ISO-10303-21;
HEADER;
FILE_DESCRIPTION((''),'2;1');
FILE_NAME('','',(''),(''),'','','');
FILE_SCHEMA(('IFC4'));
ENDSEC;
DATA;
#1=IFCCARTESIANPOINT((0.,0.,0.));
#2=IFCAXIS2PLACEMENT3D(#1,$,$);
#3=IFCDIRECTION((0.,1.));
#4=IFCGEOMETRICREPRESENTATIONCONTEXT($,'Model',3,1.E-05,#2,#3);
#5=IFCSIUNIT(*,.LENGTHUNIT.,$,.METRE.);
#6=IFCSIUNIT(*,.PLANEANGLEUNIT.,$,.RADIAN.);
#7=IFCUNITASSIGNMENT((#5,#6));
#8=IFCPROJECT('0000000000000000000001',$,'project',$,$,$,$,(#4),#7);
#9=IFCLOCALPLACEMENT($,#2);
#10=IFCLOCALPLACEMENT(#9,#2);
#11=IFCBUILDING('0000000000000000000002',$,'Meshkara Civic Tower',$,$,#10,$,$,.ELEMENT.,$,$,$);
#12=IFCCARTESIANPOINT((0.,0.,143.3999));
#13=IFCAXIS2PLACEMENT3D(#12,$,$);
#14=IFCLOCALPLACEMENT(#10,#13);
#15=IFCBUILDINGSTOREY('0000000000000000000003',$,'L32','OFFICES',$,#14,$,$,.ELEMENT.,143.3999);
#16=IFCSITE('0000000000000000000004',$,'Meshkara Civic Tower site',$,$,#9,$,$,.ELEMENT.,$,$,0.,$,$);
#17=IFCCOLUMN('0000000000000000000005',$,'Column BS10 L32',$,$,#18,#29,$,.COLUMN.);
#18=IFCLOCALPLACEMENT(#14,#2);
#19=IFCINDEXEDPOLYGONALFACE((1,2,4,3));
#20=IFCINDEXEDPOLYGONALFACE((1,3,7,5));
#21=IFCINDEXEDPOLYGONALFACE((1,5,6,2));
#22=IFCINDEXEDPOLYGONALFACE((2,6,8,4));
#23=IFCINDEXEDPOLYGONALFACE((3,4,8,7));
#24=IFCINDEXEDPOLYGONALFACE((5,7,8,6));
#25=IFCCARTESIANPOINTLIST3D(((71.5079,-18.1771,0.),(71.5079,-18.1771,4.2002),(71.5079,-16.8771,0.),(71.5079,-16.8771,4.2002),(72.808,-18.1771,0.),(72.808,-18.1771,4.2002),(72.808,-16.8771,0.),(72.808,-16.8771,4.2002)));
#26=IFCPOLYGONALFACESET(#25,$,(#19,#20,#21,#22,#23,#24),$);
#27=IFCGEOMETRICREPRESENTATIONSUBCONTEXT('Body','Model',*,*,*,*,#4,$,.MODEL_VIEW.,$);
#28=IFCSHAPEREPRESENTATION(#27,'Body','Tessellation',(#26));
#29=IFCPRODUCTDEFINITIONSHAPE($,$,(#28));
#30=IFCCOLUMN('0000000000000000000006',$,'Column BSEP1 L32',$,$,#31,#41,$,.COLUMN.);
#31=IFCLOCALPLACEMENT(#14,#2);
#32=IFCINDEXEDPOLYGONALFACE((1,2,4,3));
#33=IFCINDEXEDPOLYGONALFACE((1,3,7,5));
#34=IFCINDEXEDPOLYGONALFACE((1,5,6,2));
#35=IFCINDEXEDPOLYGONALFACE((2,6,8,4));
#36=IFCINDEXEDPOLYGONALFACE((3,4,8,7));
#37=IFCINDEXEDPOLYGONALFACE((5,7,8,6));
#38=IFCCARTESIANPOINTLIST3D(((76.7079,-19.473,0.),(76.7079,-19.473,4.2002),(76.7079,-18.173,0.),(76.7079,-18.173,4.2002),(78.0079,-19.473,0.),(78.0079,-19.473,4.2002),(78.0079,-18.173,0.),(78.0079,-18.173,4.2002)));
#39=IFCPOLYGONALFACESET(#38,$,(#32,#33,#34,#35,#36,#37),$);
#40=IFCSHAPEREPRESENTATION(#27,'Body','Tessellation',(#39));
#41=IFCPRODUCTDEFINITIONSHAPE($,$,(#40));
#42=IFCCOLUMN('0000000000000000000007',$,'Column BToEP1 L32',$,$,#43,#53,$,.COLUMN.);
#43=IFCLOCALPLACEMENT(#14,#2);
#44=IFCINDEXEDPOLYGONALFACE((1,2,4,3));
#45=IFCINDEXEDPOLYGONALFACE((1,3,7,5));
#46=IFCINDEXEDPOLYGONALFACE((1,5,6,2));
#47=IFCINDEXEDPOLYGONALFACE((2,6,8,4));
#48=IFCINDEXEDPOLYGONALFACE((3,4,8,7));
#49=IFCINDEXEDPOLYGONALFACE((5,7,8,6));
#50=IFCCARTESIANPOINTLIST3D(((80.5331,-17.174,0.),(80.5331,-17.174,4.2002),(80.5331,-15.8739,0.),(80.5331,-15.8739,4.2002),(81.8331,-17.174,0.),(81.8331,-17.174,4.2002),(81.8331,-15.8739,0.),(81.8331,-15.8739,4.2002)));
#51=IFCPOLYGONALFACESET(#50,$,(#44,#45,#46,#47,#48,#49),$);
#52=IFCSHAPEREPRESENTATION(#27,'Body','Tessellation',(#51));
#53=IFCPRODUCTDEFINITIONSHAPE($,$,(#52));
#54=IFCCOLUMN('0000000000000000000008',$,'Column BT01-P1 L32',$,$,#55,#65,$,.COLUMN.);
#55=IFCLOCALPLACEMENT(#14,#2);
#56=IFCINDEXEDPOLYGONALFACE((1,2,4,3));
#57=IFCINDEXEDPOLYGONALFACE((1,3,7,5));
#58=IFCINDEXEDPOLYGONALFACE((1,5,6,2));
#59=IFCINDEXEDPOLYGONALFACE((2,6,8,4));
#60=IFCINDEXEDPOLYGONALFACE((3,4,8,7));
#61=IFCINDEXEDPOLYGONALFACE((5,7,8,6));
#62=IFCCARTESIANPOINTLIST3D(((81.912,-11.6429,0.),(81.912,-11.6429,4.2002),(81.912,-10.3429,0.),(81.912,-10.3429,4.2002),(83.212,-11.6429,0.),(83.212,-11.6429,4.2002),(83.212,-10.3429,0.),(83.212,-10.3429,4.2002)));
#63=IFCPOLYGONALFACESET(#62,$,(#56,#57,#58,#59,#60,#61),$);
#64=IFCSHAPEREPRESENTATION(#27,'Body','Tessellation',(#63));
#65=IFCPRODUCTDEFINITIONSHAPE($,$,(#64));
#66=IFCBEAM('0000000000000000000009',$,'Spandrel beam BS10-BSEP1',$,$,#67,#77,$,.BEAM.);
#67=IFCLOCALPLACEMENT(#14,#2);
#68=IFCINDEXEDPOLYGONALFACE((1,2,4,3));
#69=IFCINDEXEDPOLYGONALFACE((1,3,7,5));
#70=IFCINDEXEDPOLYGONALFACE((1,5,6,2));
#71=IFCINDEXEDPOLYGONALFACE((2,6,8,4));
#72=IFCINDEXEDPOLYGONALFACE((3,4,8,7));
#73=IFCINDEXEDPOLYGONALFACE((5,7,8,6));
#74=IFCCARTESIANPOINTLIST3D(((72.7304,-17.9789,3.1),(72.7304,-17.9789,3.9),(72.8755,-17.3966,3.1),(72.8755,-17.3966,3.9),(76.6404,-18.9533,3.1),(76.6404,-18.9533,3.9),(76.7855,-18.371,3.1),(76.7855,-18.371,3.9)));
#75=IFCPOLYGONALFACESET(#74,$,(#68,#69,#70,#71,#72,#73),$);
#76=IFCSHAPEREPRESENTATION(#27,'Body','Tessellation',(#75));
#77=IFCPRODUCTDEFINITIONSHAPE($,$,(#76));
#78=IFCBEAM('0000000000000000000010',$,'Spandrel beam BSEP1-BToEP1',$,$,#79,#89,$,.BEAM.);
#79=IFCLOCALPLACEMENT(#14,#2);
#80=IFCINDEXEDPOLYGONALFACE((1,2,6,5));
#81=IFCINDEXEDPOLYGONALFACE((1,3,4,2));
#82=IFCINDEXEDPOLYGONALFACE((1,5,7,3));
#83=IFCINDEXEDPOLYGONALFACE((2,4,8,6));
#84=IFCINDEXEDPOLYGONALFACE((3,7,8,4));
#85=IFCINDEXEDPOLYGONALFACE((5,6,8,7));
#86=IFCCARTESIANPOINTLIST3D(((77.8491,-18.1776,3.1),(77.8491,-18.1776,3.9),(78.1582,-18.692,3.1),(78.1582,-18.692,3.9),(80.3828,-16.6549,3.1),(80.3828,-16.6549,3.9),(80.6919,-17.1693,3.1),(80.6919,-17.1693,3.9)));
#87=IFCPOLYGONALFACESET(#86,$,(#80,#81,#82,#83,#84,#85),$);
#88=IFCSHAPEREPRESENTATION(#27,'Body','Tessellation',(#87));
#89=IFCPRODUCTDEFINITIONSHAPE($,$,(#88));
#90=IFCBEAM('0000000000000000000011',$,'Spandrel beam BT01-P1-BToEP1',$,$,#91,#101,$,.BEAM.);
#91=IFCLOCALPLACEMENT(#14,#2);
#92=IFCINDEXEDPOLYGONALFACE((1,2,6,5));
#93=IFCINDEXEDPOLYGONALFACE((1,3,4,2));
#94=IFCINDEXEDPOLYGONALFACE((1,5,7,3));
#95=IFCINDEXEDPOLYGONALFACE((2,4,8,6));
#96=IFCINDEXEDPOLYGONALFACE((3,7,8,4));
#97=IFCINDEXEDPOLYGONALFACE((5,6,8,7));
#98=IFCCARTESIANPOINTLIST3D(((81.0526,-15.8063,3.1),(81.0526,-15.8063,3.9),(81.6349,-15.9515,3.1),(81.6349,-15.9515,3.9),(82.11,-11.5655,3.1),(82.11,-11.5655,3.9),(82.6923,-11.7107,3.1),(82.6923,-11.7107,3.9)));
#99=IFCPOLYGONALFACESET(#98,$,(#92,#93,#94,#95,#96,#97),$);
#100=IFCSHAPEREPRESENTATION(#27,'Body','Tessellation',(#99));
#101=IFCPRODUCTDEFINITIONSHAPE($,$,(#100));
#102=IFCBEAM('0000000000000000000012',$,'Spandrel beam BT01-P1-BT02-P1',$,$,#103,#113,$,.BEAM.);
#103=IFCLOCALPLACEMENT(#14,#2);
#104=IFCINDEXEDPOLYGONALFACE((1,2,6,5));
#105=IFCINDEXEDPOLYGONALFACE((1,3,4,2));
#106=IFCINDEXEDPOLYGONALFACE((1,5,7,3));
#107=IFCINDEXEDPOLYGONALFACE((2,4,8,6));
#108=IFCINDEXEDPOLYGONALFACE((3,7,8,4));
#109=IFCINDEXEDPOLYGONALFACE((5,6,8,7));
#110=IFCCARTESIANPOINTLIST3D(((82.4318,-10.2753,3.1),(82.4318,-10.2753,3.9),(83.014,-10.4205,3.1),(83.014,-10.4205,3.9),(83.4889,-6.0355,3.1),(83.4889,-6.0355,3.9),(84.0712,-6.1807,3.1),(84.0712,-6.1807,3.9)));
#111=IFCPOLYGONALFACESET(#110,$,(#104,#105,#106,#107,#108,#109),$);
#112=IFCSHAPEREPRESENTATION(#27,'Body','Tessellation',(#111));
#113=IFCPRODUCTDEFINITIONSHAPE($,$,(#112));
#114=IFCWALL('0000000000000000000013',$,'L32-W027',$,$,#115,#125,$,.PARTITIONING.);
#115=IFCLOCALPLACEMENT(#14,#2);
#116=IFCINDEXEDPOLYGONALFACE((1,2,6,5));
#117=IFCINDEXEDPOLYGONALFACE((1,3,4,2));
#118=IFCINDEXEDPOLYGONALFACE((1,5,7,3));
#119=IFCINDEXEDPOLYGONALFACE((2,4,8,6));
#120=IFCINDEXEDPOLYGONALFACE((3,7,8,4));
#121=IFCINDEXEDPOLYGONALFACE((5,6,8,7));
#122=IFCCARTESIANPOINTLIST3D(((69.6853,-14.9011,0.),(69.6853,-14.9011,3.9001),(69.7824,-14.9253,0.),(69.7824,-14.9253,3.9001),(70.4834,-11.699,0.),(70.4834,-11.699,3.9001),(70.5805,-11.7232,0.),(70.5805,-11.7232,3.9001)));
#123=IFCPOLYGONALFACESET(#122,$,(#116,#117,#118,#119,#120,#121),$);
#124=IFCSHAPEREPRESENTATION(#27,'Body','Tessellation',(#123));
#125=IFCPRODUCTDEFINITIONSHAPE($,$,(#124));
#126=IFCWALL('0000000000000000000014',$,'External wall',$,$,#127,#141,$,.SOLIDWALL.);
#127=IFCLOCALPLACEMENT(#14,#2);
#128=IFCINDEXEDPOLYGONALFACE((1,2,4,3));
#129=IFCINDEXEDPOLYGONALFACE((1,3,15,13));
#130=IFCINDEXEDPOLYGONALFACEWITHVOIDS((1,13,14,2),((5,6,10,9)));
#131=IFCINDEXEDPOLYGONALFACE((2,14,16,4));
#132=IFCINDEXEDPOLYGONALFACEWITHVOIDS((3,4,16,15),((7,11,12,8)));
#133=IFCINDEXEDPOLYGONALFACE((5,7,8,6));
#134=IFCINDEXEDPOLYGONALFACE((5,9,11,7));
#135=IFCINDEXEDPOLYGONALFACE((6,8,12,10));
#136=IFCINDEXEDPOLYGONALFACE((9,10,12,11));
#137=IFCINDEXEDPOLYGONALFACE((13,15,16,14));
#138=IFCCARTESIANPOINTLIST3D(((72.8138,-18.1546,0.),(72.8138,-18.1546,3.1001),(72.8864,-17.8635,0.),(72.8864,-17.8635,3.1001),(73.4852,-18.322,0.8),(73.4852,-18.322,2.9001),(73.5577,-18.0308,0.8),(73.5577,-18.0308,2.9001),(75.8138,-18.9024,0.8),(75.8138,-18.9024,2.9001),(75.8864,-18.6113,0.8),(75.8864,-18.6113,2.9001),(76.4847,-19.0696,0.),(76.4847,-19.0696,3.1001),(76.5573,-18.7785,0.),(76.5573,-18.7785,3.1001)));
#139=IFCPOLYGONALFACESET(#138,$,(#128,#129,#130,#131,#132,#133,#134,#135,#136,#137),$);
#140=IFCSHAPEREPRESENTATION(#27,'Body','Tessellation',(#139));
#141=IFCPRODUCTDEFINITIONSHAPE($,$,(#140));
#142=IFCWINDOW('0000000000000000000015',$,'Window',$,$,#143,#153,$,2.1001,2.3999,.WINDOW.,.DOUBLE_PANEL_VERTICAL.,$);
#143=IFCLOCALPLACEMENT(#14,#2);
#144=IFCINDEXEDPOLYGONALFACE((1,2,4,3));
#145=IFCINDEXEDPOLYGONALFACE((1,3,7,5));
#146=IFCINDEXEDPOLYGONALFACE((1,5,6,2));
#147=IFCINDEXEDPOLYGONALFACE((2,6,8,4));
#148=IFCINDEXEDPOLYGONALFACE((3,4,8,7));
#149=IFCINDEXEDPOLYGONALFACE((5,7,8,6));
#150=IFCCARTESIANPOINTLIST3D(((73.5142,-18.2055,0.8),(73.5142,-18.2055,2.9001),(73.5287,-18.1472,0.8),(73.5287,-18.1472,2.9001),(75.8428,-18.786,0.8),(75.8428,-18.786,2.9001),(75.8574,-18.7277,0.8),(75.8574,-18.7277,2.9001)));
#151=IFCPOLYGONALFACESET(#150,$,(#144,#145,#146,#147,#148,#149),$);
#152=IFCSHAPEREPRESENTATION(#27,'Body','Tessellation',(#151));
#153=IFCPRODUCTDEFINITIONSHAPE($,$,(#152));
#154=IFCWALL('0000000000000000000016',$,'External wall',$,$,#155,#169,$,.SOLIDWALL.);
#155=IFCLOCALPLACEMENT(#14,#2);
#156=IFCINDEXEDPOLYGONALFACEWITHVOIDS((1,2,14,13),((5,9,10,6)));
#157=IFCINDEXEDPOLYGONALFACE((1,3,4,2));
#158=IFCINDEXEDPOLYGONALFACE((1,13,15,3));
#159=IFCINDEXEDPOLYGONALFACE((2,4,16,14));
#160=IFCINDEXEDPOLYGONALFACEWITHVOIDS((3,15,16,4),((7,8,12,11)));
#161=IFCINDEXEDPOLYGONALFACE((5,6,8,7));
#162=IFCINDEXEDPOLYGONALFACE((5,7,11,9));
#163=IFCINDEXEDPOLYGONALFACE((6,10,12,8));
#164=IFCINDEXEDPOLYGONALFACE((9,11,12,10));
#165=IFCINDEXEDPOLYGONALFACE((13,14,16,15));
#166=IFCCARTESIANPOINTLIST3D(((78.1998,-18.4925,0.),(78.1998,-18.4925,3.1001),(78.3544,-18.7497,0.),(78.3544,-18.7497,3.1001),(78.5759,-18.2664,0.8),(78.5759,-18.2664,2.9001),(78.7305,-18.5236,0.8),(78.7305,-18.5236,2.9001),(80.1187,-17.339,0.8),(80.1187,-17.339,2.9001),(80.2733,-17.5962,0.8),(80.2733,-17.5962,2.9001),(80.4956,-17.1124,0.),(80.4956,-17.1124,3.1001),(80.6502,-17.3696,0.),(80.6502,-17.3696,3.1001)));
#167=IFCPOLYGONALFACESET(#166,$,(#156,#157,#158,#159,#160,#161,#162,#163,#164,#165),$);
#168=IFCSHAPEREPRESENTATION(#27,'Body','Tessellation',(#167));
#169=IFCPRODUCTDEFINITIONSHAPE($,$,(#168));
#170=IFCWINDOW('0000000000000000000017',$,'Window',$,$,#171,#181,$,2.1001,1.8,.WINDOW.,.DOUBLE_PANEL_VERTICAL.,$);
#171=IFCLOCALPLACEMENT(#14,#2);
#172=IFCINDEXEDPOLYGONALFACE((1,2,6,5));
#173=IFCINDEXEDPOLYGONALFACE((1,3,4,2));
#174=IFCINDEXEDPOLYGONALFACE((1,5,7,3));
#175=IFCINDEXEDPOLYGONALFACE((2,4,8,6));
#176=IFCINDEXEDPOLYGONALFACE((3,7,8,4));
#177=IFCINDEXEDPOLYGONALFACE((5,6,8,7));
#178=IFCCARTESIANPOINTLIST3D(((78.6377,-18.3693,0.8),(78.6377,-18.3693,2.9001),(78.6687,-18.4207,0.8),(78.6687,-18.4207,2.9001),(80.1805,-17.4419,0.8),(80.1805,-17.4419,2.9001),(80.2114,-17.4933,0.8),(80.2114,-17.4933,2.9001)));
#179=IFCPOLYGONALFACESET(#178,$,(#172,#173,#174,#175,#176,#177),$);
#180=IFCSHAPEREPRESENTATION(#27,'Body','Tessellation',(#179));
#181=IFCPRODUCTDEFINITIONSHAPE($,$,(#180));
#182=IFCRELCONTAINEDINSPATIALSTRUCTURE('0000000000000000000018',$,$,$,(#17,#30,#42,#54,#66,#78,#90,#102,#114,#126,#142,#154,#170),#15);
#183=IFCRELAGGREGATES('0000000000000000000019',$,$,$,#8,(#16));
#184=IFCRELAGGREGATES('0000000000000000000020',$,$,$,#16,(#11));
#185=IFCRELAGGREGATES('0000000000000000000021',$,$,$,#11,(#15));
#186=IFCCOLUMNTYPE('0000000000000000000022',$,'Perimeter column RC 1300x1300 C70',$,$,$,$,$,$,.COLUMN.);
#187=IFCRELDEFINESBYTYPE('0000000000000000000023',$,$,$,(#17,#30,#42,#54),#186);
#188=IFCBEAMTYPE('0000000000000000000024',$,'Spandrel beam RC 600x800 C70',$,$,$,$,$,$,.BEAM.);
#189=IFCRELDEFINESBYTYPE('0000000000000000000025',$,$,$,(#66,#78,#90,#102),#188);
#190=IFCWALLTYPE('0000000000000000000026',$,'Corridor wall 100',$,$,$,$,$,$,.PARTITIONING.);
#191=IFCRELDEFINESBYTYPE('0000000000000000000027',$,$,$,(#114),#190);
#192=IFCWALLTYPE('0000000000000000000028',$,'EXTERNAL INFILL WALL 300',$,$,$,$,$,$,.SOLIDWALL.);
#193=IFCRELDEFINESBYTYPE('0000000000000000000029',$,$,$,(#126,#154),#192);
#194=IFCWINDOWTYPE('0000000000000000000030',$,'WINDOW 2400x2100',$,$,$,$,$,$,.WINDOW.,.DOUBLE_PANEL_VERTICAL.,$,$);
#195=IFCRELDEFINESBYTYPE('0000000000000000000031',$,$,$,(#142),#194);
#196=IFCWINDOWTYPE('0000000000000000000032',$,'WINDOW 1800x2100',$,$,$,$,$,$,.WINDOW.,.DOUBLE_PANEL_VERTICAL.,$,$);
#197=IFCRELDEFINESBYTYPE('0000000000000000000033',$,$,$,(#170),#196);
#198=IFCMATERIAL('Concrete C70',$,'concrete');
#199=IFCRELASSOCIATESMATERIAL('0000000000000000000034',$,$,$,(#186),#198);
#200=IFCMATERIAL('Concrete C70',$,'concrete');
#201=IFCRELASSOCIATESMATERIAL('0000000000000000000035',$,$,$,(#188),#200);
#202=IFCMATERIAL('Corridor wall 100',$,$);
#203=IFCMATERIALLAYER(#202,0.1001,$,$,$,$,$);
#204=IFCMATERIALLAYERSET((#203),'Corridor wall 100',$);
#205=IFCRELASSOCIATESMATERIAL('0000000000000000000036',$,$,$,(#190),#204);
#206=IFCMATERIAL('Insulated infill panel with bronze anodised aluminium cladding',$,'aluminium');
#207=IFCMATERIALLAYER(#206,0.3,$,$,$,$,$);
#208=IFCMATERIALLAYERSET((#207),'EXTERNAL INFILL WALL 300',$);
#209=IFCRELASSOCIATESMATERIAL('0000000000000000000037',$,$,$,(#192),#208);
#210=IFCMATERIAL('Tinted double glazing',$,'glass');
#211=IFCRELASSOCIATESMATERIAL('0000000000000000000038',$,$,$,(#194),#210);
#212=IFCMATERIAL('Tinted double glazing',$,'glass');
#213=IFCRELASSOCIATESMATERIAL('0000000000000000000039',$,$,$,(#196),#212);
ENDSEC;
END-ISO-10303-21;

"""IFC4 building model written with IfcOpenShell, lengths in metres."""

from ifc_helpers import new_model, si_unit, direction, frame, frame_2d, origin, origin_2d, place, context, subcontext, project, spatial, rectangle, extrude, material, layer, layer_set, material_profile, profile_set, type_object, element, fill, save


model = new_model("IFC4")

# Units and contexts
model_context = context("Model", 3, precision=1e-05, world=origin(), true_north=direction((0.0, 1.0)))
body_context = subcontext(model_context, "Body", "Model", "MODEL_VIEW")
ifc_project = project(units=[si_unit("LENGTHUNIT", "METRE"), si_unit("PLANEANGLEUNIT", "RADIAN")], contexts=[model_context])

# Site, building, storey
site_placement = place(None, origin())
site = spatial("IfcSite", under=ifc_project, at=site_placement, Name="Meshkara Civic Tower site", CompositionType="ELEMENT", RefElevation=0.0)
building_placement = place(site_placement, origin())
building = spatial("IfcBuilding", under=site, at=building_placement, Name="Meshkara Civic Tower", CompositionType="ELEMENT")
storey_placement = place(building_placement, frame((0.0, 0.0, 143.3999)))
storey = spatial("IfcBuildingStorey", under=building, at=storey_placement, Name="L32", Description="OFFICES", CompositionType="ELEMENT", Elevation=143.3999)

# Columns
ifc_material_1 = material(Name="Concrete C70", Category="concrete")
ifc_material_profile_1 = material_profile(ifc_material_1, rectangle(XDim=1.3, YDim=1.3, at=origin_2d()))
ifc_profile_set_1 = profile_set([ifc_material_profile_1], Name="Concrete C70")
column_type = type_object("IfcColumnType", Name="Perimeter column RC 1300x1300 C70", PredefinedType="COLUMN", material=ifc_profile_set_1)
for number, where, z_axis, x_axis, name in (
    (1, (72.158, -17.5271, 0.0), (0.0, 0.0, 1.0), (1.0, 0.0, 0.0), "Column BS10 L32"),
    (2, (77.3579, -18.823, 0.0), (0.0, 0.0, 1.0), (1.0, 0.0, 0.0), "Column BSEP1 L32"),
    (3, (81.1831, -16.5239, 0.0), (0.0, 0.0, 1.0), (1.0, 0.0, 0.0), "Column BToEP1 L32"),
    (4, (82.562, -10.9929, 0.0), (0.0, 0.0, 1.0), (1.0, 0.0, 0.0), "Column BT01-P1 L32"),
):
    element("IfcColumn", number, at=place(storey_placement, frame(where, z_axis=z_axis, x_axis=x_axis)), inside=storey, type_object=column_type, Name=name, PredefinedType="COLUMN", context=body_context, shape_type="SweptSolid", body=[
        extrude(rectangle(XDim=1.3, YDim=1.3, at=origin_2d()), origin(), (0.0, 0.0, 1.0), 4.2002),
    ])

# Beams
ifc_material_2 = material(Name="Concrete C70", Category="concrete")
ifc_material_profile_2 = material_profile(ifc_material_2, rectangle(XDim=0.6001, YDim=0.8, at=origin_2d()))
ifc_profile_set_2 = profile_set([ifc_material_profile_2], Name="Concrete C70")
beam_type = type_object("IfcBeamType", Name="Spandrel beam RC 600x800 C70", PredefinedType="BEAM", material=ifc_profile_set_2)
beam_1_placement = place(storey_placement, frame((72.803, -17.6877, 3.5), z_axis=(0.970324, -0.241808, 0.0), x_axis=(0.241808, 0.970324, 0.0)))
element("IfcBeam", 5, at=beam_1_placement, inside=storey, type_object=beam_type, Name="Spandrel beam BS10-BSEP1", PredefinedType="BEAM", context=body_context, shape_type="SweptSolid", body=[
    extrude(rectangle(XDim=0.6001, YDim=0.8, at=origin_2d()), origin(), (0.0, 0.0, 1.0), 4.0295),
])
beam_2_placement = place(storey_placement, frame((78.0037, -18.4348, 3.5), z_axis=(0.857121, 0.515115, 0.0), x_axis=(-0.515115, 0.857121, 0.0)))
element("IfcBeam", 6, at=beam_2_placement, inside=storey, type_object=beam_type, Name="Spandrel beam BSEP1-BToEP1", PredefinedType="BEAM", context=body_context, shape_type="SweptSolid", body=[
    extrude(rectangle(XDim=0.6001, YDim=0.8, at=origin_2d()), origin(), (0.0, 0.0, 1.0), 2.9561),
])
beam_3_placement = place(storey_placement, frame((81.3438, -15.8789, 3.5), z_axis=(0.241931, 0.970293, 0.0), x_axis=(-0.970293, 0.241931, 0.0)))
element("IfcBeam", 7, at=beam_3_placement, inside=storey, type_object=beam_type, Name="Spandrel beam BT01-P1-BToEP1", PredefinedType="BEAM", context=body_context, shape_type="SweptSolid", body=[
    extrude(rectangle(XDim=0.6001, YDim=0.8, at=origin_2d()), origin(), (0.0, 0.0, 1.0), 4.3706),
])
beam_4_placement = place(storey_placement, frame((82.7229, -10.3479, 3.5), z_axis=(0.241931, 0.970293, 0.0), x_axis=(-0.970293, 0.241931, 0.0)))
element("IfcBeam", 8, at=beam_4_placement, inside=storey, type_object=beam_type, Name="Spandrel beam BT01-P1-BT02-P1", PredefinedType="BEAM", context=body_context, shape_type="SweptSolid", body=[
    extrude(rectangle(XDim=0.6001, YDim=0.8, at=origin_2d()), origin(), (0.0, 0.0, 1.0), 4.3696),
])

# Wall
ifc_material_3 = material(Name="Corridor wall 100")
ifc_layer_1 = layer(ifc_material_3, 0.1001)
ifc_layer_set_1 = layer_set([ifc_layer_1], Name="Corridor wall 100")
wall_type_1 = type_object("IfcWallType", Name="Corridor wall 100", PredefinedType="PARTITIONING", material=ifc_layer_set_1)
wall_1_placement = place(storey_placement, frame((69.7339, -14.9131, 0.0), z_axis=(0.0, 0.0, 1.0), x_axis=(0.241839, 0.970316, 0.0)))
element("IfcWall", 9, at=wall_1_placement, inside=storey, type_object=wall_type_1, Name="L32-W027", PredefinedType="PARTITIONING", context=body_context, shape_type="SweptSolid", body=[
    extrude(rectangle(XDim=3.3, YDim=0.1001, at=frame_2d((1.6499, 0.0))), origin(), (0.0, 0.0, 1.0), 3.9001),
])

# Walls, openings, windows
ifc_material_4 = material(Name="Insulated infill panel with bronze anodised aluminium cladding", Category="aluminium")
ifc_layer_2 = layer(ifc_material_4, 0.3)
ifc_layer_set_2 = layer_set([ifc_layer_2], Name="EXTERNAL INFILL WALL 300")
wall_type_2 = type_object("IfcWallType", Name="EXTERNAL INFILL WALL 300", PredefinedType="SOLIDWALL", material=ifc_layer_set_2)
wall_2_placement = place(storey_placement, frame((72.8501, -18.009, 0.0), z_axis=(0.0, 0.0, 1.0), x_axis=(0.970309, -0.241867, 0.0)))
wall_2 = element("IfcWall", 10, at=wall_2_placement, inside=storey, type_object=wall_type_2, Name="External wall", PredefinedType="SOLIDWALL", context=body_context, shape_type="SweptSolid", body=[
    extrude(rectangle(XDim=3.7832, YDim=0.3, at=frame_2d((1.8916, 0.0))), origin(), (0.0, 0.0, 1.0), 3.1001),
])
opening_1_placement = place(wall_2_placement, frame((0.6919, 0.0, 0.8)))
opening_1 = element("IfcOpeningElement", 11, at=opening_1_placement, cuts=wall_2, PredefinedType="OPENING", context=body_context, shape_type="SweptSolid", body=[
    extrude(rectangle(XDim=2.3999, YDim=2.1001, at=frame_2d((1.2, 1.05))), frame((0.0, 0.1599, 0.0), z_axis=(0.0, -1.0, 0.0), x_axis=(1.0, 0.0, 0.0)), (0.0, 0.0, 1.0), 0.3201),
])
ifc_material_5 = material(Name="Tinted double glazing", Category="glass")
window_type_1 = type_object("IfcWindowType", Name="WINDOW 2400x2100", PartitioningType="DOUBLE_PANEL_VERTICAL", PredefinedType="WINDOW", material=ifc_material_5)
window_1_placement = place(opening_1_placement, origin())
window_1 = element("IfcWindow", 12, at=window_1_placement, inside=storey, type_object=window_type_1, Name="Window", OverallHeight=2.1001, OverallWidth=2.3999, PartitioningType="DOUBLE_PANEL_VERTICAL", PredefinedType="WINDOW", context=body_context, shape_type="SweptSolid", body=[
    extrude(rectangle(XDim=2.3999, YDim=2.1001, at=frame_2d((1.2, 1.05))), frame((0.0, 0.03, 0.0), z_axis=(0.0, -1.0, 0.0), x_axis=(1.0, 0.0, 0.0)), (0.0, 0.0, 1.0), 0.0601),
])
fill(opening_1, window_1)
wall_3_placement = place(storey_placement, frame((78.2771, -18.6211, 0.0), z_axis=(0.0, 0.0, 1.0), x_axis=(0.857066, 0.515206, 0.0)))
wall_3 = element("IfcWall", 13, at=wall_3_placement, inside=storey, type_object=wall_type_2, Name="External wall", PredefinedType="SOLIDWALL", context=body_context, shape_type="SweptSolid", body=[
    extrude(rectangle(XDim=2.6787, YDim=0.3, at=frame_2d((1.3394, 0.0))), origin(), (0.0, 0.0, 1.0), 3.1001),
])
opening_2_placement = place(wall_3_placement, frame((0.439, 0.0, 0.8)))
opening_2 = element("IfcOpeningElement", 14, at=opening_2_placement, cuts=wall_3, PredefinedType="OPENING", context=body_context, shape_type="SweptSolid", body=[
    extrude(rectangle(XDim=1.8, YDim=2.1001, at=frame_2d((0.8999, 1.05))), frame((0.0, 0.1599, 0.0), z_axis=(0.0, -1.0, 0.0), x_axis=(1.0, 0.0, 0.0)), (0.0, 0.0, 1.0), 0.3201),
])
ifc_material_6 = material(Name="Tinted double glazing", Category="glass")
window_type_2 = type_object("IfcWindowType", Name="WINDOW 1800x2100", PartitioningType="DOUBLE_PANEL_VERTICAL", PredefinedType="WINDOW", material=ifc_material_6)
window_2_placement = place(opening_2_placement, origin())
window_2 = element("IfcWindow", 15, at=window_2_placement, inside=storey, type_object=window_type_2, Name="Window", OverallHeight=2.1001, OverallWidth=1.8, PartitioningType="DOUBLE_PANEL_VERTICAL", PredefinedType="WINDOW", context=body_context, shape_type="SweptSolid", body=[
    extrude(rectangle(XDim=1.8, YDim=2.1001, at=frame_2d((0.8999, 1.05))), frame((0.0, 0.03, 0.0), z_axis=(0.0, -1.0, 0.0), x_axis=(1.0, 0.0, 0.0)), (0.0, 0.0, 1.0), 0.0601),
])
fill(opening_2, window_2)

save(model, "model.ifc")
